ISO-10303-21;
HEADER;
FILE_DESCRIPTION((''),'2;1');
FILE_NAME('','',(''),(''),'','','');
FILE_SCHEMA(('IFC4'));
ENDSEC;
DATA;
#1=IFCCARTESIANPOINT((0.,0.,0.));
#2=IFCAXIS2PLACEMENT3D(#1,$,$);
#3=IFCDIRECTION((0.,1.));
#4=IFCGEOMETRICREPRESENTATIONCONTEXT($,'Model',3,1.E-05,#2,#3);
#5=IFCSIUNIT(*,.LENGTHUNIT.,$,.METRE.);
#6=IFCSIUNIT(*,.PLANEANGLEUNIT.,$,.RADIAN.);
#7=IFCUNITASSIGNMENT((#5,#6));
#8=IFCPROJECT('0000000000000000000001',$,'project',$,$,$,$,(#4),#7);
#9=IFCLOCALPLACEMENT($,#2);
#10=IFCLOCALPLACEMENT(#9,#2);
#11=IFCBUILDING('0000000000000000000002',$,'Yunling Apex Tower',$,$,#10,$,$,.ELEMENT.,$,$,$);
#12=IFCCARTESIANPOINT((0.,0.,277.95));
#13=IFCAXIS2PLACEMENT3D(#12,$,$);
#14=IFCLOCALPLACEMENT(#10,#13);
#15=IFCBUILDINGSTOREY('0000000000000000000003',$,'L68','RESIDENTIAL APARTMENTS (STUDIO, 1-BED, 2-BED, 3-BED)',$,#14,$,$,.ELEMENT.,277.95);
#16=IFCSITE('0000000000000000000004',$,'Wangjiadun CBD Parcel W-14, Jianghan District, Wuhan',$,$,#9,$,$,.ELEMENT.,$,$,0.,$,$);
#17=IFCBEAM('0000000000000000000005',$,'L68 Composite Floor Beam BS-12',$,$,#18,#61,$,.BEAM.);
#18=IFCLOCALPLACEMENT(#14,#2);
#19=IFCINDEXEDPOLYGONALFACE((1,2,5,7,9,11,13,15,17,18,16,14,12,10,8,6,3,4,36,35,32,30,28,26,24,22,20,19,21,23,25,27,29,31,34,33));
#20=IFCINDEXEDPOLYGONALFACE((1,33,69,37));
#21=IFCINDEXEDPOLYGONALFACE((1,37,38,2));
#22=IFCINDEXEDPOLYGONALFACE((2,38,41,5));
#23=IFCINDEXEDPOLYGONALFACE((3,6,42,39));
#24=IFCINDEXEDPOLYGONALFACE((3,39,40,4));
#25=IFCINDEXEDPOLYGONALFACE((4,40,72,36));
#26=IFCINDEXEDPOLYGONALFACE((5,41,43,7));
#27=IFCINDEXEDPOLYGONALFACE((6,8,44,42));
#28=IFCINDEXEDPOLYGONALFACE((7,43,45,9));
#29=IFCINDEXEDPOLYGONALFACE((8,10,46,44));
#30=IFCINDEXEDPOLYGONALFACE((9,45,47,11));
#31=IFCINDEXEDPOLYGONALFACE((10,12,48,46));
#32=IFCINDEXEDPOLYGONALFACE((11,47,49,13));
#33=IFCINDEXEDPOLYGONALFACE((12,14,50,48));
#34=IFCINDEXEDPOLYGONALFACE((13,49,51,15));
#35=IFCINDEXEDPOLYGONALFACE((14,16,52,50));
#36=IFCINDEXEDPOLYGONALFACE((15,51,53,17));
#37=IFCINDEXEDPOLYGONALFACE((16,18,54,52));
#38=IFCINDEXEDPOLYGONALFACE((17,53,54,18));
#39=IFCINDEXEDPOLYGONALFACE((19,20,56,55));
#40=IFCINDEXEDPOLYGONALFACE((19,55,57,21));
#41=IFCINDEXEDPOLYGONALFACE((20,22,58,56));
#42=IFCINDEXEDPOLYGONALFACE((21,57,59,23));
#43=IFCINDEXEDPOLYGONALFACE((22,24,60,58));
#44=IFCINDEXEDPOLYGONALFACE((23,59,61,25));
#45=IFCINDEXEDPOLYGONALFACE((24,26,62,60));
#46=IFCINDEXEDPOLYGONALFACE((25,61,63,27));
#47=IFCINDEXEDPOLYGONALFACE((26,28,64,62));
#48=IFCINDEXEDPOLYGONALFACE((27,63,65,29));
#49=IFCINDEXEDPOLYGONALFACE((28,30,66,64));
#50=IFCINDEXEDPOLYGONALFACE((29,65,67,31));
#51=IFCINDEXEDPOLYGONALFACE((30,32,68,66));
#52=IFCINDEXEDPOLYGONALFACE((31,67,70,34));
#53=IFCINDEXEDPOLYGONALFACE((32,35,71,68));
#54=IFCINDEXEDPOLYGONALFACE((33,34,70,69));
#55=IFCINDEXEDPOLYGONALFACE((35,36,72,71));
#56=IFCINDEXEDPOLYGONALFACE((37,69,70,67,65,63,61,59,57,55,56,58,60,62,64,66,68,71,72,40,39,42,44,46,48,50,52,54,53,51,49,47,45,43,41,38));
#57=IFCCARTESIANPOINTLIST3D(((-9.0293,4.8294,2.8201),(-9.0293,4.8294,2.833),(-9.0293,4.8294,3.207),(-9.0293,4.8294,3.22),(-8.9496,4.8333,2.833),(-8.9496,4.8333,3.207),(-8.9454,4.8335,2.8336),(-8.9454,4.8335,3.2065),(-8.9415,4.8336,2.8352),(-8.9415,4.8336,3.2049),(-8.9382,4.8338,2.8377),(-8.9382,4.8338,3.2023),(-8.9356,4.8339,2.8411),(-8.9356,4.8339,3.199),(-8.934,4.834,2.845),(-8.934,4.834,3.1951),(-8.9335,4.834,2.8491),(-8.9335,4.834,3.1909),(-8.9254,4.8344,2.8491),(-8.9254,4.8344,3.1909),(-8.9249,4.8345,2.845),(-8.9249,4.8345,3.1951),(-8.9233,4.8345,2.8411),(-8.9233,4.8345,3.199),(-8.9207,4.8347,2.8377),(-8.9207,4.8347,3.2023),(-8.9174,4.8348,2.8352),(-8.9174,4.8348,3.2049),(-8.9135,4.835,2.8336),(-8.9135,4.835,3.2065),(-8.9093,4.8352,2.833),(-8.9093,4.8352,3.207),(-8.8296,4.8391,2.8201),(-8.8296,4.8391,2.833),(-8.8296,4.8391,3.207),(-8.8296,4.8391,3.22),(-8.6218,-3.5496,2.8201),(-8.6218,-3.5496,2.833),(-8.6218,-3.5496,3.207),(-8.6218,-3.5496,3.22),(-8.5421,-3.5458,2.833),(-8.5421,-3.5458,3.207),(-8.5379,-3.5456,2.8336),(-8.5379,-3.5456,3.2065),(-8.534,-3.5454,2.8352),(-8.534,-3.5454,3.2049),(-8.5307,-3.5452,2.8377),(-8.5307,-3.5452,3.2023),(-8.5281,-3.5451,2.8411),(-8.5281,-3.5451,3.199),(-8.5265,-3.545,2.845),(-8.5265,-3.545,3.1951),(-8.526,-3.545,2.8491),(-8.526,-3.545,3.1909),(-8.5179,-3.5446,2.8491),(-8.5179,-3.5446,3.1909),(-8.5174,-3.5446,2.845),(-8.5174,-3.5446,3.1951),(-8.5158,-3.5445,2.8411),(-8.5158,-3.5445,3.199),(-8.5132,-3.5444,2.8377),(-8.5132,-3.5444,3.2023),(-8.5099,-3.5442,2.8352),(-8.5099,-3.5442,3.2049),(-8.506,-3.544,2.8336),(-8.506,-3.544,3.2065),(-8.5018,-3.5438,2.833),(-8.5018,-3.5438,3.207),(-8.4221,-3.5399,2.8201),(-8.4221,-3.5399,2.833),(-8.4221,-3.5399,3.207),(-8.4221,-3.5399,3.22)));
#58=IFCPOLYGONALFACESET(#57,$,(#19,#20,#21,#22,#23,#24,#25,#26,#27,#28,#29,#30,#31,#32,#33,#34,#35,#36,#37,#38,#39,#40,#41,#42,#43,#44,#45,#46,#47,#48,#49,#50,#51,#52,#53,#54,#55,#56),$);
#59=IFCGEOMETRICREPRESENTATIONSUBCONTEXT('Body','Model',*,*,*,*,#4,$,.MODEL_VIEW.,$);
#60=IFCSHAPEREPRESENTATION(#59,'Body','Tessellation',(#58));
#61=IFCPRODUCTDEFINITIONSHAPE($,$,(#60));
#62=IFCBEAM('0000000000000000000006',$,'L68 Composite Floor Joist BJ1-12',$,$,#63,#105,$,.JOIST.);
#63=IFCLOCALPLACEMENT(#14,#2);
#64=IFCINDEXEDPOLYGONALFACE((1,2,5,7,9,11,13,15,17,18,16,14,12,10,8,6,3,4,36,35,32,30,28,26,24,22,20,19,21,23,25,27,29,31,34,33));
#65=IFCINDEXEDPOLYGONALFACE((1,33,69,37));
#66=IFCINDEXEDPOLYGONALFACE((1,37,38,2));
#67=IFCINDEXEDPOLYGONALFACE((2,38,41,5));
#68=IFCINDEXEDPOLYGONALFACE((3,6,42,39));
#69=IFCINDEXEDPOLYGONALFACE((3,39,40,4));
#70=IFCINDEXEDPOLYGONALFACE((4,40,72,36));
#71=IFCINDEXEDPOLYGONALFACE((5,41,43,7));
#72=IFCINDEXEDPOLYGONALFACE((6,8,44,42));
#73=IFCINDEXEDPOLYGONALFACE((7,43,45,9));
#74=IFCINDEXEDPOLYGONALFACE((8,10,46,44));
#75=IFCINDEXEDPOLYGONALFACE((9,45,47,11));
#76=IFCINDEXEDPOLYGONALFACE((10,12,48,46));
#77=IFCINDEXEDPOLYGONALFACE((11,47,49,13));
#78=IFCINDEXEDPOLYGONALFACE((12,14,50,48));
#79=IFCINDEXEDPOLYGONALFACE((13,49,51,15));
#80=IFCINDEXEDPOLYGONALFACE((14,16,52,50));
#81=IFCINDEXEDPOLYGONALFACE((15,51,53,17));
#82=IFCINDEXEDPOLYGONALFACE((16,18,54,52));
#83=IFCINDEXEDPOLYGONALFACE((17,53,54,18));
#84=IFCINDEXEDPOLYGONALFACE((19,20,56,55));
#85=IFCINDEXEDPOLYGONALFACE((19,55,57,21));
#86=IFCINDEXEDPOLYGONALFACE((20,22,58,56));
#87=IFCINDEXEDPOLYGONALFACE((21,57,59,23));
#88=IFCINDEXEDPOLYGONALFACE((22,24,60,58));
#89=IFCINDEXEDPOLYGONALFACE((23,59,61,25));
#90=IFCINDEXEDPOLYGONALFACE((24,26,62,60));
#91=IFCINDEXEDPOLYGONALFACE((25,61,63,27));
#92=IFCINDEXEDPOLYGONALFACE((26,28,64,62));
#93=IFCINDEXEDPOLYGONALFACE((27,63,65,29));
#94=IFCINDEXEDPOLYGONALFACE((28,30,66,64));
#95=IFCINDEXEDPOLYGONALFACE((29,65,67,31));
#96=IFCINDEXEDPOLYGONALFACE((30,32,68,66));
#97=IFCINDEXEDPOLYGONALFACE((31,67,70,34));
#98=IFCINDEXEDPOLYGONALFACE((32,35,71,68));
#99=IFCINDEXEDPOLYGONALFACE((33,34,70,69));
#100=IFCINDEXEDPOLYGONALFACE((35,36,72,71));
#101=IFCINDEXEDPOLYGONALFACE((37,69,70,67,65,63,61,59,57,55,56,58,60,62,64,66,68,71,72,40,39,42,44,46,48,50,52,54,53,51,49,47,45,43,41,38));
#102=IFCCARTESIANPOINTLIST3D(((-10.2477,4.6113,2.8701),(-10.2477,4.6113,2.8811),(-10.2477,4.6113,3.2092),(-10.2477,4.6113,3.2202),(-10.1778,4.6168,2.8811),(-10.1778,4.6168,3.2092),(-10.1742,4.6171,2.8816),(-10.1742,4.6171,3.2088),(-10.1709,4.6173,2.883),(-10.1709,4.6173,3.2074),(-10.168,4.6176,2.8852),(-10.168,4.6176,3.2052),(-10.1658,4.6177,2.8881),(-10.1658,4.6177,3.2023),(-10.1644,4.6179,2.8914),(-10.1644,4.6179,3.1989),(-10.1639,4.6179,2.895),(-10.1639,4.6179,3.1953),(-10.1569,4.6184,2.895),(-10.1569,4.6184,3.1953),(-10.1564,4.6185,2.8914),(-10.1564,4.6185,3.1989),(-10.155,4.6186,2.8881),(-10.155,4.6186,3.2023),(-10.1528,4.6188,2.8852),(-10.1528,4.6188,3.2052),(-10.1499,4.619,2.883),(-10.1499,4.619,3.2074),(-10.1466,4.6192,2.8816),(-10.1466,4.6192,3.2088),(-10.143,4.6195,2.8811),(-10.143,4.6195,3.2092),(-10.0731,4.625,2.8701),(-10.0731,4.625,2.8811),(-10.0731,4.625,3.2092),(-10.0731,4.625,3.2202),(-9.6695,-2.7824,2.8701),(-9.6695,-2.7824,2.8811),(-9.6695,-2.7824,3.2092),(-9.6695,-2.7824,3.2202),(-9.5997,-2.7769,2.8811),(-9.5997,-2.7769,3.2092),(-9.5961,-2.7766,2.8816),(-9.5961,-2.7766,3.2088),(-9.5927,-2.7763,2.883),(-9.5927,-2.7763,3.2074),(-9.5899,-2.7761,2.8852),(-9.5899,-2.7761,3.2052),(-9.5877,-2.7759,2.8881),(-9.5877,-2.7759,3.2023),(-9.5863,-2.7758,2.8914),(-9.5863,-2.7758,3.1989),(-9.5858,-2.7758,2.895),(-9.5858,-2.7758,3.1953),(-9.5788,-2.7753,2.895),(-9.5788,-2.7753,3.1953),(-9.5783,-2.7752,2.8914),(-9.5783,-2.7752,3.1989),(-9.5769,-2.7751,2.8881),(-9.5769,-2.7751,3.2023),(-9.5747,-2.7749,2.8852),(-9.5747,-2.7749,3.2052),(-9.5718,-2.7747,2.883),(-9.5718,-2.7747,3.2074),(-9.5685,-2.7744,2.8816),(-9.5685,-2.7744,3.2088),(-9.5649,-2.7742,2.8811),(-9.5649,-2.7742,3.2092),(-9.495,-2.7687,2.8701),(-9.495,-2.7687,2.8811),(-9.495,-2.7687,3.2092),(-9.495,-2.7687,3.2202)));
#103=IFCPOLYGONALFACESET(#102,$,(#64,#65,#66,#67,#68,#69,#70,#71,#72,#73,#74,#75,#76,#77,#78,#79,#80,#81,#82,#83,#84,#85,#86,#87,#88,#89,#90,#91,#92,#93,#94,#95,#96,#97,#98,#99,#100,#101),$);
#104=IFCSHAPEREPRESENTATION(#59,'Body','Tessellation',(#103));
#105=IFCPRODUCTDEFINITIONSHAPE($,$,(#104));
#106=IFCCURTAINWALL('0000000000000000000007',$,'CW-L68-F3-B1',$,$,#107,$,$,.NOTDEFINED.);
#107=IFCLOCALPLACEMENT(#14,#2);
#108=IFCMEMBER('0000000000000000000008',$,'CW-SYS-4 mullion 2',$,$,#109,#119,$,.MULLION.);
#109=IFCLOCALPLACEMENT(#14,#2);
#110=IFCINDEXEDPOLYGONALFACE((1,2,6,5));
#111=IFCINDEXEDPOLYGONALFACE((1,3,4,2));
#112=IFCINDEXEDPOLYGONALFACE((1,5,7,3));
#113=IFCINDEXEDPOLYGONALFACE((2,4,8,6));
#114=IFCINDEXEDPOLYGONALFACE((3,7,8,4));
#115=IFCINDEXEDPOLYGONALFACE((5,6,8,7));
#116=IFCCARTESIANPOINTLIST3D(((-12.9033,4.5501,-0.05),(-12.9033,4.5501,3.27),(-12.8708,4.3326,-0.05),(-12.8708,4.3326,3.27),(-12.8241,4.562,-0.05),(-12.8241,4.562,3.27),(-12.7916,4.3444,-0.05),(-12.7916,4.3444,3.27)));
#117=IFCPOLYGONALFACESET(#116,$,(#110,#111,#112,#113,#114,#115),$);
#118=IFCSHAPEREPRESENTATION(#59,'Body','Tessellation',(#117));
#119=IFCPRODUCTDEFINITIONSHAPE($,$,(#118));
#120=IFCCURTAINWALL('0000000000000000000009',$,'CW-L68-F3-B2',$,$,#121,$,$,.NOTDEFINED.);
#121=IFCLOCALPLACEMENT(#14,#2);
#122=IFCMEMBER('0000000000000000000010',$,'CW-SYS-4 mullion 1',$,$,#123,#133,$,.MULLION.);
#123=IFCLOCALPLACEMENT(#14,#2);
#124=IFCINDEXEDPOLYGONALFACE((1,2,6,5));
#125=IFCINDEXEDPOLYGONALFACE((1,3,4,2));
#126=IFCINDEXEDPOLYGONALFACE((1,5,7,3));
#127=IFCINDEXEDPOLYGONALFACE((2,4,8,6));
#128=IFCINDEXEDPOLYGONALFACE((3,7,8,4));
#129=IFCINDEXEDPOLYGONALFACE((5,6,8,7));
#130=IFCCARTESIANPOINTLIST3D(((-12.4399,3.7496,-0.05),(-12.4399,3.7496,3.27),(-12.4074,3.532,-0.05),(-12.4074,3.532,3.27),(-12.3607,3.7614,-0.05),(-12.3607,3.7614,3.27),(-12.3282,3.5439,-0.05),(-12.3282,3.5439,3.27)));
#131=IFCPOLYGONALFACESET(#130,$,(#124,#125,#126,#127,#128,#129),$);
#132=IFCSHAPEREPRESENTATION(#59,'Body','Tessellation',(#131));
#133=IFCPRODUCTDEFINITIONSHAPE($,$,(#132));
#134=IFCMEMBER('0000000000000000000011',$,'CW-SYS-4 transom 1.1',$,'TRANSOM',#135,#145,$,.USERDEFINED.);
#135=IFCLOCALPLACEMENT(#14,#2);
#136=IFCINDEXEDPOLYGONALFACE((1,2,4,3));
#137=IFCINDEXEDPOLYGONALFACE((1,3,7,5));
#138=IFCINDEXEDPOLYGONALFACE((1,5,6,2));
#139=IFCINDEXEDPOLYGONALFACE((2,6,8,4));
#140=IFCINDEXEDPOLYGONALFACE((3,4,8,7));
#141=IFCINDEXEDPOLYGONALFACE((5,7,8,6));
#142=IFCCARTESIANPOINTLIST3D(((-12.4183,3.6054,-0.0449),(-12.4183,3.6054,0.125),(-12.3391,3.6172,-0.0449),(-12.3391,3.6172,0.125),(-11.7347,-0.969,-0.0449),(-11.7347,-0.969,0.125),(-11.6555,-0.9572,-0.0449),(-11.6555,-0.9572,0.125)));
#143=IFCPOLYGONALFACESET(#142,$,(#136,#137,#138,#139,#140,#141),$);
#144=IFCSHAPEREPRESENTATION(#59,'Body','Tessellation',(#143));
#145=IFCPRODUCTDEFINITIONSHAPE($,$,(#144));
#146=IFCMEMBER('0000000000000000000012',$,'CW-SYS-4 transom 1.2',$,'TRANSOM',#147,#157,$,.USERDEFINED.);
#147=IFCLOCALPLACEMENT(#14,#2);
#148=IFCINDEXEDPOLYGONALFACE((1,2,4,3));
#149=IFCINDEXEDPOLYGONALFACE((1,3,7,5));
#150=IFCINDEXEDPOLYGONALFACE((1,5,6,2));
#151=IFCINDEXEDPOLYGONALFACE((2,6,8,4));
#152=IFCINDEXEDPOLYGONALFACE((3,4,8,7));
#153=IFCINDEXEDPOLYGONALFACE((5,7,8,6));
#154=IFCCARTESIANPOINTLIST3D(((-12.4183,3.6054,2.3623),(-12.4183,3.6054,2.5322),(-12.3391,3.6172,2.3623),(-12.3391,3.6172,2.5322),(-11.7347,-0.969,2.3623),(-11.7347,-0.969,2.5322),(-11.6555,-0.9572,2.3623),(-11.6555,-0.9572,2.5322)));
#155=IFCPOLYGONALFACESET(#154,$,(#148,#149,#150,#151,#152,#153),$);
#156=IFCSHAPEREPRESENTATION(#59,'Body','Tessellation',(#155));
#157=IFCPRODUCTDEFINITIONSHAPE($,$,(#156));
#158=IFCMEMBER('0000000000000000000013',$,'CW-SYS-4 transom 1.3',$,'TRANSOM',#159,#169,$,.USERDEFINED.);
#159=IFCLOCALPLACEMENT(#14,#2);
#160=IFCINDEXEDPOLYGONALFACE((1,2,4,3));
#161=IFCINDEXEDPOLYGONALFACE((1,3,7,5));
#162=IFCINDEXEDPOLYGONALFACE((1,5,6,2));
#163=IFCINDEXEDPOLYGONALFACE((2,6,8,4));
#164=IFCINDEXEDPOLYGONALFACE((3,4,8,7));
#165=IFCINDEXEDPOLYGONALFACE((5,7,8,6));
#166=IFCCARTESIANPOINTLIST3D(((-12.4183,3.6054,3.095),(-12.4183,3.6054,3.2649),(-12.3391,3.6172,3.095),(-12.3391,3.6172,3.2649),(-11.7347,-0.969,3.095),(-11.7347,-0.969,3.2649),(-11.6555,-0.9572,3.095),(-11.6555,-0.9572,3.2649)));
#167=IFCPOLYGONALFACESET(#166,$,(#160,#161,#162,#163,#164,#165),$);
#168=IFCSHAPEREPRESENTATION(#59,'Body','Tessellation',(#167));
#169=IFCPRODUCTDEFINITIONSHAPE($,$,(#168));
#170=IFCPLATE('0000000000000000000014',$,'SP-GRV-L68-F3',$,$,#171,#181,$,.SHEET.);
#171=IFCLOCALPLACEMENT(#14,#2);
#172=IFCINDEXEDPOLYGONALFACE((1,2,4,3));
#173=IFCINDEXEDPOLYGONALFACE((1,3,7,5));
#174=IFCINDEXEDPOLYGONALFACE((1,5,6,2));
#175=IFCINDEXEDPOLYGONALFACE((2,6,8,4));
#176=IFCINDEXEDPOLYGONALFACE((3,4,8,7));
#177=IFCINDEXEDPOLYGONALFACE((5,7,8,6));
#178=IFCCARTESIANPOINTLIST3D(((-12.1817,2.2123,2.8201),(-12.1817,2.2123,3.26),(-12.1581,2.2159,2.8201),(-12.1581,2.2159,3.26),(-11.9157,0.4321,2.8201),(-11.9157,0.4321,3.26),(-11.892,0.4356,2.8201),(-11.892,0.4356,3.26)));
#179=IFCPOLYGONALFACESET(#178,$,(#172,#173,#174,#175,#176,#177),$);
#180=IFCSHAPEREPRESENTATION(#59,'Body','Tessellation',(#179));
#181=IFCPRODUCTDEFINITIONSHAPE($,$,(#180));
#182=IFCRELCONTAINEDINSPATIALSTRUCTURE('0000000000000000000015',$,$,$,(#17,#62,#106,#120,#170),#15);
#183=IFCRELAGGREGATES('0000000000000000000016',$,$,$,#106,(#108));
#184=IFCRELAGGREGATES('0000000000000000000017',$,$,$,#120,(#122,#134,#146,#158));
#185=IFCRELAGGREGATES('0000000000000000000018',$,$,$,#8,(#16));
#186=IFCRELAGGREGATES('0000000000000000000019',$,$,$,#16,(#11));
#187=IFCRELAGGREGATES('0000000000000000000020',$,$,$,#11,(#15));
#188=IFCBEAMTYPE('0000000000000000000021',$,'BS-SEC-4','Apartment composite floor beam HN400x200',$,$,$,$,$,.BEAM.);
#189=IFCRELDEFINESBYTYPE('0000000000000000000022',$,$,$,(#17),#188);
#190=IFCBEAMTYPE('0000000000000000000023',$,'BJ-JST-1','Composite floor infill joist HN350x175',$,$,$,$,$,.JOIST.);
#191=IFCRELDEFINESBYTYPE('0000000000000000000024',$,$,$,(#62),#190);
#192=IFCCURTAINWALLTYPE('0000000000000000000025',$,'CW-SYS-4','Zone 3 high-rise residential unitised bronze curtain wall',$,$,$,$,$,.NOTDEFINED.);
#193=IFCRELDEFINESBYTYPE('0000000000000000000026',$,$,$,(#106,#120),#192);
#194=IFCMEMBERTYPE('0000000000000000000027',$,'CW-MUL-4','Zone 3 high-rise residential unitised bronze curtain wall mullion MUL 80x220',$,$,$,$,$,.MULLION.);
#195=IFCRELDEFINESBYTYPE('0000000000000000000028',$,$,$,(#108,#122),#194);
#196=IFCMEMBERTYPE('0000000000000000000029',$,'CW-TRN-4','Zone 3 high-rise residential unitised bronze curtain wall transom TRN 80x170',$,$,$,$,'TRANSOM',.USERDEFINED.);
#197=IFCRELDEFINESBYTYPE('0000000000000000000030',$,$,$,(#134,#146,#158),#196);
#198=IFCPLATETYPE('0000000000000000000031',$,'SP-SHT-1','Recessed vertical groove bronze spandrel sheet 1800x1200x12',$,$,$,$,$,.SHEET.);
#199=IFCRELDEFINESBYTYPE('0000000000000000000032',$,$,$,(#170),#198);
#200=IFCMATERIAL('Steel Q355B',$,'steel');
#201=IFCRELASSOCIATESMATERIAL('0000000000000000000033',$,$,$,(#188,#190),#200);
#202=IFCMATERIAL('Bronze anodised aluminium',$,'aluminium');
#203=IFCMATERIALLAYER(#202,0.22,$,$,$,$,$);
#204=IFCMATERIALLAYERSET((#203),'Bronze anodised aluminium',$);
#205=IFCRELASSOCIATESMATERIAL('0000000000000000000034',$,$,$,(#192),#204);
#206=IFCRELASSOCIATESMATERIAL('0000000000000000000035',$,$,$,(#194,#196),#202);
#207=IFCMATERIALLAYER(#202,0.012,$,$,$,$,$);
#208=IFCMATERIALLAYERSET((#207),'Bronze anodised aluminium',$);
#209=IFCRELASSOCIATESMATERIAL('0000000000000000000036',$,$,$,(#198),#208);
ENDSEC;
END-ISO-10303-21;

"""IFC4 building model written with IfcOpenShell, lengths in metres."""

from ifc_helpers import new_model, si_unit, direction, frame, origin, origin_2d, place, context, subcontext, project, spatial, rectangle, i_section, extrude, source, transform, mapped, material, layer, layer_set, material_profile, profile_set, type_object, element, aggregate, save


model = new_model("IFC4")

# Units and contexts
model_context = context("Model", 3, precision=1e-05, world=origin(), true_north=direction((0.0, 1.0)))
body_context = subcontext(model_context, "Body", "Model", "MODEL_VIEW")
ifc_project = project(units=[si_unit("LENGTHUNIT", "METRE"), si_unit("PLANEANGLEUNIT", "RADIAN")], contexts=[model_context])

# Site, building, storey
site_placement = place(None, origin())
site = spatial("IfcSite", under=ifc_project, at=site_placement, Name="Wangjiadun CBD Parcel W-14, Jianghan District, Wuhan", CompositionType="ELEMENT", RefElevation=0.0)
building_placement = place(site_placement, origin())
building = spatial("IfcBuilding", under=site, at=building_placement, Name="Yunling Apex Tower", CompositionType="ELEMENT")
storey_placement = place(building_placement, frame((0.0, 0.0, 277.95)))
storey = spatial("IfcBuildingStorey", under=building, at=storey_placement, Name="L68", Description="RESIDENTIAL APARTMENTS (STUDIO, 1-BED, 2-BED, 3-BED)", CompositionType="ELEMENT", Elevation=277.95)

# Shared definitions
ifc_material_1 = material(Name="Steel Q355B", Category="steel")

# Beams
ifc_material_profile_1 = material_profile(ifc_material_1, i_section(OverallWidth=0.2, OverallDepth=0.3999, WebThickness=0.0081, FlangeThickness=0.0129, FilletRadius=0.0161, at=origin_2d()))
ifc_profile_set_1 = profile_set([ifc_material_profile_1], Name="Steel Q355B")
beam_type_1 = type_object("IfcBeamType", Name="BS-SEC-4", Description="Apartment composite floor beam HN400x200", PredefinedType="BEAM", material=ifc_profile_set_1)
shared_shape_1 = source(origin(), body_context, "Body", "SweptSolid", [
    extrude(i_section(OverallWidth=0.2, OverallDepth=0.3999, WebThickness=0.0081, FlangeThickness=0.0129, FilletRadius=0.0161, at=origin_2d()), origin(), (0.0, 0.0, 1.0), 8.3889),
])
beam_1_placement = place(storey_placement, frame((-8.9294, 4.8342, 3.02), z_axis=(0.048573, -0.99882, 0.0), x_axis=(0.99882, 0.048573, 0.0)))
element("IfcBeam", 1, at=beam_1_placement, inside=storey, type_object=beam_type_1, Name="L68 Composite Floor Beam BS-12", PredefinedType="BEAM", context=body_context, shape_type="MappedRepresentation", body=[
    mapped(shared_shape_1, transform((0.0, 0.0, 0.0), scale=1.0)),
])
ifc_material_profile_2 = material_profile(ifc_material_1, i_section(OverallWidth=0.175, OverallDepth=0.3501, WebThickness=0.0071, FlangeThickness=0.011, FilletRadius=0.0139, at=origin_2d()))
ifc_profile_set_2 = profile_set([ifc_material_profile_2], Name="Steel Q355B")
beam_type_2 = type_object("IfcBeamType", Name="BJ-JST-1", Description="Composite floor infill joist HN350x175", PredefinedType="JOIST", material=ifc_profile_set_2)
shared_shape_2 = source(origin(), body_context, "Body", "SweptSolid", [
    extrude(i_section(OverallWidth=0.175, OverallDepth=0.3501, WebThickness=0.0071, FlangeThickness=0.011, FilletRadius=0.0139, at=origin_2d()), origin(), (0.0, 0.0, 1.0), 7.4163),
])
beam_2_placement = place(storey_placement, frame((-10.1604, 4.6182, 3.0452), z_axis=(0.077953, -0.996957, 0.0), x_axis=(0.996957, 0.077953, 0.0)))
element("IfcBeam", 2, at=beam_2_placement, inside=storey, type_object=beam_type_2, Name="L68 Composite Floor Joist BJ1-12", PredefinedType="JOIST", context=body_context, shape_type="MappedRepresentation", body=[
    mapped(shared_shape_2, transform((0.0, 0.0, 0.0), scale=1.0)),
])

# Curtain wall, member
ifc_material_2 = material(Name="Bronze anodised aluminium", Category="aluminium")
ifc_layer_1 = layer(ifc_material_2, 0.22)
ifc_layer_set_1 = layer_set([ifc_layer_1], Name="Bronze anodised aluminium")
curtain_wall_type = type_object("IfcCurtainWallType", Name="CW-SYS-4", Description="Zone 3 high-rise residential unitised bronze curtain wall", PredefinedType="NOTDEFINED", material=ifc_layer_set_1)
curtain_wall_1_placement = place(storey_placement, origin())
curtain_wall_1 = element("IfcCurtainWall", 3, at=curtain_wall_1_placement, inside=storey, type_object=curtain_wall_type, Name="CW-L68-F3-B1", PredefinedType="NOTDEFINED")
ifc_material_profile_3 = material_profile(ifc_material_2, rectangle(XDim=0.0801, YDim=0.22, at=origin_2d()))
ifc_profile_set_3 = profile_set([ifc_material_profile_3], Name="Bronze anodised aluminium")
member_type_1 = type_object("IfcMemberType", Name="CW-MUL-4", Description="Zone 3 high-rise residential unitised bronze curtain wall mullion MUL 80x220", PredefinedType="MULLION", material=ifc_profile_set_3)
shared_shape_3 = source(origin(), body_context, "Body", "SweptSolid", [
    extrude(rectangle(XDim=0.0801, YDim=0.22, at=origin_2d()), origin(), (0.0, 0.0, 1.0), 3.3201),
])
member_1_placement = place(storey_placement, frame((-12.8474, 4.4473, -0.05), z_axis=(0.0, 0.0, 1.0), x_axis=(0.989016, 0.147807, 0.0)))
member_1 = element("IfcMember", 4, at=member_1_placement, type_object=member_type_1, Name="CW-SYS-4 mullion 2", PredefinedType="MULLION", context=body_context, shape_type="MappedRepresentation", body=[
    mapped(shared_shape_3, transform((0.0, 0.0, 0.0), scale=1.0)),
])
aggregate(curtain_wall_1, [member_1])

# Curtain wall, members
curtain_wall_2_placement = place(storey_placement, origin())
curtain_wall_2 = element("IfcCurtainWall", 5, at=curtain_wall_2_placement, inside=storey, type_object=curtain_wall_type, Name="CW-L68-F3-B2", PredefinedType="NOTDEFINED")
member_2_placement = place(storey_placement, frame((-12.384, 3.6467, -0.05), z_axis=(0.0, 0.0, 1.0), x_axis=(0.989017, 0.147804, 0.0)))
member_2 = element("IfcMember", 6, at=member_2_placement, type_object=member_type_1, Name="CW-SYS-4 mullion 1", PredefinedType="MULLION", context=body_context, shape_type="MappedRepresentation", body=[
    mapped(shared_shape_3, transform((0.0, 0.0, 0.0), scale=1.0)),
])
ifc_material_profile_4 = material_profile(ifc_material_2, rectangle(XDim=0.0801, YDim=0.1699, at=origin_2d()))
ifc_profile_set_4 = profile_set([ifc_material_profile_4], Name="Bronze anodised aluminium")
member_type_2 = type_object("IfcMemberType", Name="CW-TRN-4", Description="Zone 3 high-rise residential unitised bronze curtain wall transom TRN 80x170", ElementType="TRANSOM", PredefinedType="USERDEFINED", material=ifc_profile_set_4)
shared_shape_4 = source(origin(), body_context, "Body", "SweptSolid", [
    extrude(rectangle(XDim=0.0801, YDim=0.1699, at=origin_2d()), origin(), (0.0, 0.0, 1.0), 4.6252),
])
member_3_placement = place(storey_placement, frame((-12.3787, 3.6113, 0.04), z_axis=(0.147796, -0.989018, 0.0), x_axis=(0.989018, 0.147796, 0.0)))
member_3 = element("IfcMember", 7, at=member_3_placement, type_object=member_type_2, Name="CW-SYS-4 transom 1.1", ObjectType="TRANSOM", PredefinedType="USERDEFINED", context=body_context, shape_type="MappedRepresentation", body=[
    mapped(shared_shape_4, transform((0.0, 0.0, 0.0), scale=1.0)),
])
member_4_placement = place(storey_placement, frame((-12.3787, 3.6113, 2.4473), z_axis=(0.147796, -0.989018, 0.0), x_axis=(0.989018, 0.147796, 0.0)))
member_4 = element("IfcMember", 8, at=member_4_placement, type_object=member_type_2, Name="CW-SYS-4 transom 1.2", ObjectType="TRANSOM", PredefinedType="USERDEFINED", context=body_context, shape_type="MappedRepresentation", body=[
    mapped(shared_shape_4, transform((0.0, 0.0, 0.0), scale=1.0)),
])
member_5_placement = place(storey_placement, frame((-12.3787, 3.6113, 3.1799), z_axis=(0.147796, -0.989018, 0.0), x_axis=(0.989018, 0.147796, 0.0)))
member_5 = element("IfcMember", 9, at=member_5_placement, type_object=member_type_2, Name="CW-SYS-4 transom 1.3", ObjectType="TRANSOM", PredefinedType="USERDEFINED", context=body_context, shape_type="MappedRepresentation", body=[
    mapped(shared_shape_4, transform((0.0, 0.0, 0.0), scale=1.0)),
])

# Plate
ifc_layer_2 = layer(ifc_material_2, 0.012)
ifc_layer_set_2 = layer_set([ifc_layer_2], Name="Bronze anodised aluminium")
plate_type_1 = type_object("IfcPlateType", Name="SP-SHT-1", Description="Recessed vertical groove bronze spandrel sheet 1800x1200x12", PredefinedType="SHEET", material=ifc_layer_set_2)
shared_shape_5 = source(origin(), body_context, "Body", "SweptSolid", [
    extrude(rectangle(XDim=1.8, YDim=0.0239, at=origin_2d()), origin(), (0.0, 0.0, 1.0), 0.4399),
])
plate_1_placement = place(storey_placement, frame((-12.0369, 1.324, 2.8201), z_axis=(0.0, 0.0, 1.0), x_axis=(0.147809, -0.989016, 0.0)))
element("IfcPlate", 10, at=plate_1_placement, inside=storey, type_object=plate_type_1, Name="SP-GRV-L68-F3", PredefinedType="SHEET", context=body_context, shape_type="MappedRepresentation", body=[
    mapped(shared_shape_5, transform((0.0, 0.0, 0.0), scale=1.0)),
])
aggregate(curtain_wall_2, [member_2, member_3, member_4, member_5])

save(model, "model.ifc")
